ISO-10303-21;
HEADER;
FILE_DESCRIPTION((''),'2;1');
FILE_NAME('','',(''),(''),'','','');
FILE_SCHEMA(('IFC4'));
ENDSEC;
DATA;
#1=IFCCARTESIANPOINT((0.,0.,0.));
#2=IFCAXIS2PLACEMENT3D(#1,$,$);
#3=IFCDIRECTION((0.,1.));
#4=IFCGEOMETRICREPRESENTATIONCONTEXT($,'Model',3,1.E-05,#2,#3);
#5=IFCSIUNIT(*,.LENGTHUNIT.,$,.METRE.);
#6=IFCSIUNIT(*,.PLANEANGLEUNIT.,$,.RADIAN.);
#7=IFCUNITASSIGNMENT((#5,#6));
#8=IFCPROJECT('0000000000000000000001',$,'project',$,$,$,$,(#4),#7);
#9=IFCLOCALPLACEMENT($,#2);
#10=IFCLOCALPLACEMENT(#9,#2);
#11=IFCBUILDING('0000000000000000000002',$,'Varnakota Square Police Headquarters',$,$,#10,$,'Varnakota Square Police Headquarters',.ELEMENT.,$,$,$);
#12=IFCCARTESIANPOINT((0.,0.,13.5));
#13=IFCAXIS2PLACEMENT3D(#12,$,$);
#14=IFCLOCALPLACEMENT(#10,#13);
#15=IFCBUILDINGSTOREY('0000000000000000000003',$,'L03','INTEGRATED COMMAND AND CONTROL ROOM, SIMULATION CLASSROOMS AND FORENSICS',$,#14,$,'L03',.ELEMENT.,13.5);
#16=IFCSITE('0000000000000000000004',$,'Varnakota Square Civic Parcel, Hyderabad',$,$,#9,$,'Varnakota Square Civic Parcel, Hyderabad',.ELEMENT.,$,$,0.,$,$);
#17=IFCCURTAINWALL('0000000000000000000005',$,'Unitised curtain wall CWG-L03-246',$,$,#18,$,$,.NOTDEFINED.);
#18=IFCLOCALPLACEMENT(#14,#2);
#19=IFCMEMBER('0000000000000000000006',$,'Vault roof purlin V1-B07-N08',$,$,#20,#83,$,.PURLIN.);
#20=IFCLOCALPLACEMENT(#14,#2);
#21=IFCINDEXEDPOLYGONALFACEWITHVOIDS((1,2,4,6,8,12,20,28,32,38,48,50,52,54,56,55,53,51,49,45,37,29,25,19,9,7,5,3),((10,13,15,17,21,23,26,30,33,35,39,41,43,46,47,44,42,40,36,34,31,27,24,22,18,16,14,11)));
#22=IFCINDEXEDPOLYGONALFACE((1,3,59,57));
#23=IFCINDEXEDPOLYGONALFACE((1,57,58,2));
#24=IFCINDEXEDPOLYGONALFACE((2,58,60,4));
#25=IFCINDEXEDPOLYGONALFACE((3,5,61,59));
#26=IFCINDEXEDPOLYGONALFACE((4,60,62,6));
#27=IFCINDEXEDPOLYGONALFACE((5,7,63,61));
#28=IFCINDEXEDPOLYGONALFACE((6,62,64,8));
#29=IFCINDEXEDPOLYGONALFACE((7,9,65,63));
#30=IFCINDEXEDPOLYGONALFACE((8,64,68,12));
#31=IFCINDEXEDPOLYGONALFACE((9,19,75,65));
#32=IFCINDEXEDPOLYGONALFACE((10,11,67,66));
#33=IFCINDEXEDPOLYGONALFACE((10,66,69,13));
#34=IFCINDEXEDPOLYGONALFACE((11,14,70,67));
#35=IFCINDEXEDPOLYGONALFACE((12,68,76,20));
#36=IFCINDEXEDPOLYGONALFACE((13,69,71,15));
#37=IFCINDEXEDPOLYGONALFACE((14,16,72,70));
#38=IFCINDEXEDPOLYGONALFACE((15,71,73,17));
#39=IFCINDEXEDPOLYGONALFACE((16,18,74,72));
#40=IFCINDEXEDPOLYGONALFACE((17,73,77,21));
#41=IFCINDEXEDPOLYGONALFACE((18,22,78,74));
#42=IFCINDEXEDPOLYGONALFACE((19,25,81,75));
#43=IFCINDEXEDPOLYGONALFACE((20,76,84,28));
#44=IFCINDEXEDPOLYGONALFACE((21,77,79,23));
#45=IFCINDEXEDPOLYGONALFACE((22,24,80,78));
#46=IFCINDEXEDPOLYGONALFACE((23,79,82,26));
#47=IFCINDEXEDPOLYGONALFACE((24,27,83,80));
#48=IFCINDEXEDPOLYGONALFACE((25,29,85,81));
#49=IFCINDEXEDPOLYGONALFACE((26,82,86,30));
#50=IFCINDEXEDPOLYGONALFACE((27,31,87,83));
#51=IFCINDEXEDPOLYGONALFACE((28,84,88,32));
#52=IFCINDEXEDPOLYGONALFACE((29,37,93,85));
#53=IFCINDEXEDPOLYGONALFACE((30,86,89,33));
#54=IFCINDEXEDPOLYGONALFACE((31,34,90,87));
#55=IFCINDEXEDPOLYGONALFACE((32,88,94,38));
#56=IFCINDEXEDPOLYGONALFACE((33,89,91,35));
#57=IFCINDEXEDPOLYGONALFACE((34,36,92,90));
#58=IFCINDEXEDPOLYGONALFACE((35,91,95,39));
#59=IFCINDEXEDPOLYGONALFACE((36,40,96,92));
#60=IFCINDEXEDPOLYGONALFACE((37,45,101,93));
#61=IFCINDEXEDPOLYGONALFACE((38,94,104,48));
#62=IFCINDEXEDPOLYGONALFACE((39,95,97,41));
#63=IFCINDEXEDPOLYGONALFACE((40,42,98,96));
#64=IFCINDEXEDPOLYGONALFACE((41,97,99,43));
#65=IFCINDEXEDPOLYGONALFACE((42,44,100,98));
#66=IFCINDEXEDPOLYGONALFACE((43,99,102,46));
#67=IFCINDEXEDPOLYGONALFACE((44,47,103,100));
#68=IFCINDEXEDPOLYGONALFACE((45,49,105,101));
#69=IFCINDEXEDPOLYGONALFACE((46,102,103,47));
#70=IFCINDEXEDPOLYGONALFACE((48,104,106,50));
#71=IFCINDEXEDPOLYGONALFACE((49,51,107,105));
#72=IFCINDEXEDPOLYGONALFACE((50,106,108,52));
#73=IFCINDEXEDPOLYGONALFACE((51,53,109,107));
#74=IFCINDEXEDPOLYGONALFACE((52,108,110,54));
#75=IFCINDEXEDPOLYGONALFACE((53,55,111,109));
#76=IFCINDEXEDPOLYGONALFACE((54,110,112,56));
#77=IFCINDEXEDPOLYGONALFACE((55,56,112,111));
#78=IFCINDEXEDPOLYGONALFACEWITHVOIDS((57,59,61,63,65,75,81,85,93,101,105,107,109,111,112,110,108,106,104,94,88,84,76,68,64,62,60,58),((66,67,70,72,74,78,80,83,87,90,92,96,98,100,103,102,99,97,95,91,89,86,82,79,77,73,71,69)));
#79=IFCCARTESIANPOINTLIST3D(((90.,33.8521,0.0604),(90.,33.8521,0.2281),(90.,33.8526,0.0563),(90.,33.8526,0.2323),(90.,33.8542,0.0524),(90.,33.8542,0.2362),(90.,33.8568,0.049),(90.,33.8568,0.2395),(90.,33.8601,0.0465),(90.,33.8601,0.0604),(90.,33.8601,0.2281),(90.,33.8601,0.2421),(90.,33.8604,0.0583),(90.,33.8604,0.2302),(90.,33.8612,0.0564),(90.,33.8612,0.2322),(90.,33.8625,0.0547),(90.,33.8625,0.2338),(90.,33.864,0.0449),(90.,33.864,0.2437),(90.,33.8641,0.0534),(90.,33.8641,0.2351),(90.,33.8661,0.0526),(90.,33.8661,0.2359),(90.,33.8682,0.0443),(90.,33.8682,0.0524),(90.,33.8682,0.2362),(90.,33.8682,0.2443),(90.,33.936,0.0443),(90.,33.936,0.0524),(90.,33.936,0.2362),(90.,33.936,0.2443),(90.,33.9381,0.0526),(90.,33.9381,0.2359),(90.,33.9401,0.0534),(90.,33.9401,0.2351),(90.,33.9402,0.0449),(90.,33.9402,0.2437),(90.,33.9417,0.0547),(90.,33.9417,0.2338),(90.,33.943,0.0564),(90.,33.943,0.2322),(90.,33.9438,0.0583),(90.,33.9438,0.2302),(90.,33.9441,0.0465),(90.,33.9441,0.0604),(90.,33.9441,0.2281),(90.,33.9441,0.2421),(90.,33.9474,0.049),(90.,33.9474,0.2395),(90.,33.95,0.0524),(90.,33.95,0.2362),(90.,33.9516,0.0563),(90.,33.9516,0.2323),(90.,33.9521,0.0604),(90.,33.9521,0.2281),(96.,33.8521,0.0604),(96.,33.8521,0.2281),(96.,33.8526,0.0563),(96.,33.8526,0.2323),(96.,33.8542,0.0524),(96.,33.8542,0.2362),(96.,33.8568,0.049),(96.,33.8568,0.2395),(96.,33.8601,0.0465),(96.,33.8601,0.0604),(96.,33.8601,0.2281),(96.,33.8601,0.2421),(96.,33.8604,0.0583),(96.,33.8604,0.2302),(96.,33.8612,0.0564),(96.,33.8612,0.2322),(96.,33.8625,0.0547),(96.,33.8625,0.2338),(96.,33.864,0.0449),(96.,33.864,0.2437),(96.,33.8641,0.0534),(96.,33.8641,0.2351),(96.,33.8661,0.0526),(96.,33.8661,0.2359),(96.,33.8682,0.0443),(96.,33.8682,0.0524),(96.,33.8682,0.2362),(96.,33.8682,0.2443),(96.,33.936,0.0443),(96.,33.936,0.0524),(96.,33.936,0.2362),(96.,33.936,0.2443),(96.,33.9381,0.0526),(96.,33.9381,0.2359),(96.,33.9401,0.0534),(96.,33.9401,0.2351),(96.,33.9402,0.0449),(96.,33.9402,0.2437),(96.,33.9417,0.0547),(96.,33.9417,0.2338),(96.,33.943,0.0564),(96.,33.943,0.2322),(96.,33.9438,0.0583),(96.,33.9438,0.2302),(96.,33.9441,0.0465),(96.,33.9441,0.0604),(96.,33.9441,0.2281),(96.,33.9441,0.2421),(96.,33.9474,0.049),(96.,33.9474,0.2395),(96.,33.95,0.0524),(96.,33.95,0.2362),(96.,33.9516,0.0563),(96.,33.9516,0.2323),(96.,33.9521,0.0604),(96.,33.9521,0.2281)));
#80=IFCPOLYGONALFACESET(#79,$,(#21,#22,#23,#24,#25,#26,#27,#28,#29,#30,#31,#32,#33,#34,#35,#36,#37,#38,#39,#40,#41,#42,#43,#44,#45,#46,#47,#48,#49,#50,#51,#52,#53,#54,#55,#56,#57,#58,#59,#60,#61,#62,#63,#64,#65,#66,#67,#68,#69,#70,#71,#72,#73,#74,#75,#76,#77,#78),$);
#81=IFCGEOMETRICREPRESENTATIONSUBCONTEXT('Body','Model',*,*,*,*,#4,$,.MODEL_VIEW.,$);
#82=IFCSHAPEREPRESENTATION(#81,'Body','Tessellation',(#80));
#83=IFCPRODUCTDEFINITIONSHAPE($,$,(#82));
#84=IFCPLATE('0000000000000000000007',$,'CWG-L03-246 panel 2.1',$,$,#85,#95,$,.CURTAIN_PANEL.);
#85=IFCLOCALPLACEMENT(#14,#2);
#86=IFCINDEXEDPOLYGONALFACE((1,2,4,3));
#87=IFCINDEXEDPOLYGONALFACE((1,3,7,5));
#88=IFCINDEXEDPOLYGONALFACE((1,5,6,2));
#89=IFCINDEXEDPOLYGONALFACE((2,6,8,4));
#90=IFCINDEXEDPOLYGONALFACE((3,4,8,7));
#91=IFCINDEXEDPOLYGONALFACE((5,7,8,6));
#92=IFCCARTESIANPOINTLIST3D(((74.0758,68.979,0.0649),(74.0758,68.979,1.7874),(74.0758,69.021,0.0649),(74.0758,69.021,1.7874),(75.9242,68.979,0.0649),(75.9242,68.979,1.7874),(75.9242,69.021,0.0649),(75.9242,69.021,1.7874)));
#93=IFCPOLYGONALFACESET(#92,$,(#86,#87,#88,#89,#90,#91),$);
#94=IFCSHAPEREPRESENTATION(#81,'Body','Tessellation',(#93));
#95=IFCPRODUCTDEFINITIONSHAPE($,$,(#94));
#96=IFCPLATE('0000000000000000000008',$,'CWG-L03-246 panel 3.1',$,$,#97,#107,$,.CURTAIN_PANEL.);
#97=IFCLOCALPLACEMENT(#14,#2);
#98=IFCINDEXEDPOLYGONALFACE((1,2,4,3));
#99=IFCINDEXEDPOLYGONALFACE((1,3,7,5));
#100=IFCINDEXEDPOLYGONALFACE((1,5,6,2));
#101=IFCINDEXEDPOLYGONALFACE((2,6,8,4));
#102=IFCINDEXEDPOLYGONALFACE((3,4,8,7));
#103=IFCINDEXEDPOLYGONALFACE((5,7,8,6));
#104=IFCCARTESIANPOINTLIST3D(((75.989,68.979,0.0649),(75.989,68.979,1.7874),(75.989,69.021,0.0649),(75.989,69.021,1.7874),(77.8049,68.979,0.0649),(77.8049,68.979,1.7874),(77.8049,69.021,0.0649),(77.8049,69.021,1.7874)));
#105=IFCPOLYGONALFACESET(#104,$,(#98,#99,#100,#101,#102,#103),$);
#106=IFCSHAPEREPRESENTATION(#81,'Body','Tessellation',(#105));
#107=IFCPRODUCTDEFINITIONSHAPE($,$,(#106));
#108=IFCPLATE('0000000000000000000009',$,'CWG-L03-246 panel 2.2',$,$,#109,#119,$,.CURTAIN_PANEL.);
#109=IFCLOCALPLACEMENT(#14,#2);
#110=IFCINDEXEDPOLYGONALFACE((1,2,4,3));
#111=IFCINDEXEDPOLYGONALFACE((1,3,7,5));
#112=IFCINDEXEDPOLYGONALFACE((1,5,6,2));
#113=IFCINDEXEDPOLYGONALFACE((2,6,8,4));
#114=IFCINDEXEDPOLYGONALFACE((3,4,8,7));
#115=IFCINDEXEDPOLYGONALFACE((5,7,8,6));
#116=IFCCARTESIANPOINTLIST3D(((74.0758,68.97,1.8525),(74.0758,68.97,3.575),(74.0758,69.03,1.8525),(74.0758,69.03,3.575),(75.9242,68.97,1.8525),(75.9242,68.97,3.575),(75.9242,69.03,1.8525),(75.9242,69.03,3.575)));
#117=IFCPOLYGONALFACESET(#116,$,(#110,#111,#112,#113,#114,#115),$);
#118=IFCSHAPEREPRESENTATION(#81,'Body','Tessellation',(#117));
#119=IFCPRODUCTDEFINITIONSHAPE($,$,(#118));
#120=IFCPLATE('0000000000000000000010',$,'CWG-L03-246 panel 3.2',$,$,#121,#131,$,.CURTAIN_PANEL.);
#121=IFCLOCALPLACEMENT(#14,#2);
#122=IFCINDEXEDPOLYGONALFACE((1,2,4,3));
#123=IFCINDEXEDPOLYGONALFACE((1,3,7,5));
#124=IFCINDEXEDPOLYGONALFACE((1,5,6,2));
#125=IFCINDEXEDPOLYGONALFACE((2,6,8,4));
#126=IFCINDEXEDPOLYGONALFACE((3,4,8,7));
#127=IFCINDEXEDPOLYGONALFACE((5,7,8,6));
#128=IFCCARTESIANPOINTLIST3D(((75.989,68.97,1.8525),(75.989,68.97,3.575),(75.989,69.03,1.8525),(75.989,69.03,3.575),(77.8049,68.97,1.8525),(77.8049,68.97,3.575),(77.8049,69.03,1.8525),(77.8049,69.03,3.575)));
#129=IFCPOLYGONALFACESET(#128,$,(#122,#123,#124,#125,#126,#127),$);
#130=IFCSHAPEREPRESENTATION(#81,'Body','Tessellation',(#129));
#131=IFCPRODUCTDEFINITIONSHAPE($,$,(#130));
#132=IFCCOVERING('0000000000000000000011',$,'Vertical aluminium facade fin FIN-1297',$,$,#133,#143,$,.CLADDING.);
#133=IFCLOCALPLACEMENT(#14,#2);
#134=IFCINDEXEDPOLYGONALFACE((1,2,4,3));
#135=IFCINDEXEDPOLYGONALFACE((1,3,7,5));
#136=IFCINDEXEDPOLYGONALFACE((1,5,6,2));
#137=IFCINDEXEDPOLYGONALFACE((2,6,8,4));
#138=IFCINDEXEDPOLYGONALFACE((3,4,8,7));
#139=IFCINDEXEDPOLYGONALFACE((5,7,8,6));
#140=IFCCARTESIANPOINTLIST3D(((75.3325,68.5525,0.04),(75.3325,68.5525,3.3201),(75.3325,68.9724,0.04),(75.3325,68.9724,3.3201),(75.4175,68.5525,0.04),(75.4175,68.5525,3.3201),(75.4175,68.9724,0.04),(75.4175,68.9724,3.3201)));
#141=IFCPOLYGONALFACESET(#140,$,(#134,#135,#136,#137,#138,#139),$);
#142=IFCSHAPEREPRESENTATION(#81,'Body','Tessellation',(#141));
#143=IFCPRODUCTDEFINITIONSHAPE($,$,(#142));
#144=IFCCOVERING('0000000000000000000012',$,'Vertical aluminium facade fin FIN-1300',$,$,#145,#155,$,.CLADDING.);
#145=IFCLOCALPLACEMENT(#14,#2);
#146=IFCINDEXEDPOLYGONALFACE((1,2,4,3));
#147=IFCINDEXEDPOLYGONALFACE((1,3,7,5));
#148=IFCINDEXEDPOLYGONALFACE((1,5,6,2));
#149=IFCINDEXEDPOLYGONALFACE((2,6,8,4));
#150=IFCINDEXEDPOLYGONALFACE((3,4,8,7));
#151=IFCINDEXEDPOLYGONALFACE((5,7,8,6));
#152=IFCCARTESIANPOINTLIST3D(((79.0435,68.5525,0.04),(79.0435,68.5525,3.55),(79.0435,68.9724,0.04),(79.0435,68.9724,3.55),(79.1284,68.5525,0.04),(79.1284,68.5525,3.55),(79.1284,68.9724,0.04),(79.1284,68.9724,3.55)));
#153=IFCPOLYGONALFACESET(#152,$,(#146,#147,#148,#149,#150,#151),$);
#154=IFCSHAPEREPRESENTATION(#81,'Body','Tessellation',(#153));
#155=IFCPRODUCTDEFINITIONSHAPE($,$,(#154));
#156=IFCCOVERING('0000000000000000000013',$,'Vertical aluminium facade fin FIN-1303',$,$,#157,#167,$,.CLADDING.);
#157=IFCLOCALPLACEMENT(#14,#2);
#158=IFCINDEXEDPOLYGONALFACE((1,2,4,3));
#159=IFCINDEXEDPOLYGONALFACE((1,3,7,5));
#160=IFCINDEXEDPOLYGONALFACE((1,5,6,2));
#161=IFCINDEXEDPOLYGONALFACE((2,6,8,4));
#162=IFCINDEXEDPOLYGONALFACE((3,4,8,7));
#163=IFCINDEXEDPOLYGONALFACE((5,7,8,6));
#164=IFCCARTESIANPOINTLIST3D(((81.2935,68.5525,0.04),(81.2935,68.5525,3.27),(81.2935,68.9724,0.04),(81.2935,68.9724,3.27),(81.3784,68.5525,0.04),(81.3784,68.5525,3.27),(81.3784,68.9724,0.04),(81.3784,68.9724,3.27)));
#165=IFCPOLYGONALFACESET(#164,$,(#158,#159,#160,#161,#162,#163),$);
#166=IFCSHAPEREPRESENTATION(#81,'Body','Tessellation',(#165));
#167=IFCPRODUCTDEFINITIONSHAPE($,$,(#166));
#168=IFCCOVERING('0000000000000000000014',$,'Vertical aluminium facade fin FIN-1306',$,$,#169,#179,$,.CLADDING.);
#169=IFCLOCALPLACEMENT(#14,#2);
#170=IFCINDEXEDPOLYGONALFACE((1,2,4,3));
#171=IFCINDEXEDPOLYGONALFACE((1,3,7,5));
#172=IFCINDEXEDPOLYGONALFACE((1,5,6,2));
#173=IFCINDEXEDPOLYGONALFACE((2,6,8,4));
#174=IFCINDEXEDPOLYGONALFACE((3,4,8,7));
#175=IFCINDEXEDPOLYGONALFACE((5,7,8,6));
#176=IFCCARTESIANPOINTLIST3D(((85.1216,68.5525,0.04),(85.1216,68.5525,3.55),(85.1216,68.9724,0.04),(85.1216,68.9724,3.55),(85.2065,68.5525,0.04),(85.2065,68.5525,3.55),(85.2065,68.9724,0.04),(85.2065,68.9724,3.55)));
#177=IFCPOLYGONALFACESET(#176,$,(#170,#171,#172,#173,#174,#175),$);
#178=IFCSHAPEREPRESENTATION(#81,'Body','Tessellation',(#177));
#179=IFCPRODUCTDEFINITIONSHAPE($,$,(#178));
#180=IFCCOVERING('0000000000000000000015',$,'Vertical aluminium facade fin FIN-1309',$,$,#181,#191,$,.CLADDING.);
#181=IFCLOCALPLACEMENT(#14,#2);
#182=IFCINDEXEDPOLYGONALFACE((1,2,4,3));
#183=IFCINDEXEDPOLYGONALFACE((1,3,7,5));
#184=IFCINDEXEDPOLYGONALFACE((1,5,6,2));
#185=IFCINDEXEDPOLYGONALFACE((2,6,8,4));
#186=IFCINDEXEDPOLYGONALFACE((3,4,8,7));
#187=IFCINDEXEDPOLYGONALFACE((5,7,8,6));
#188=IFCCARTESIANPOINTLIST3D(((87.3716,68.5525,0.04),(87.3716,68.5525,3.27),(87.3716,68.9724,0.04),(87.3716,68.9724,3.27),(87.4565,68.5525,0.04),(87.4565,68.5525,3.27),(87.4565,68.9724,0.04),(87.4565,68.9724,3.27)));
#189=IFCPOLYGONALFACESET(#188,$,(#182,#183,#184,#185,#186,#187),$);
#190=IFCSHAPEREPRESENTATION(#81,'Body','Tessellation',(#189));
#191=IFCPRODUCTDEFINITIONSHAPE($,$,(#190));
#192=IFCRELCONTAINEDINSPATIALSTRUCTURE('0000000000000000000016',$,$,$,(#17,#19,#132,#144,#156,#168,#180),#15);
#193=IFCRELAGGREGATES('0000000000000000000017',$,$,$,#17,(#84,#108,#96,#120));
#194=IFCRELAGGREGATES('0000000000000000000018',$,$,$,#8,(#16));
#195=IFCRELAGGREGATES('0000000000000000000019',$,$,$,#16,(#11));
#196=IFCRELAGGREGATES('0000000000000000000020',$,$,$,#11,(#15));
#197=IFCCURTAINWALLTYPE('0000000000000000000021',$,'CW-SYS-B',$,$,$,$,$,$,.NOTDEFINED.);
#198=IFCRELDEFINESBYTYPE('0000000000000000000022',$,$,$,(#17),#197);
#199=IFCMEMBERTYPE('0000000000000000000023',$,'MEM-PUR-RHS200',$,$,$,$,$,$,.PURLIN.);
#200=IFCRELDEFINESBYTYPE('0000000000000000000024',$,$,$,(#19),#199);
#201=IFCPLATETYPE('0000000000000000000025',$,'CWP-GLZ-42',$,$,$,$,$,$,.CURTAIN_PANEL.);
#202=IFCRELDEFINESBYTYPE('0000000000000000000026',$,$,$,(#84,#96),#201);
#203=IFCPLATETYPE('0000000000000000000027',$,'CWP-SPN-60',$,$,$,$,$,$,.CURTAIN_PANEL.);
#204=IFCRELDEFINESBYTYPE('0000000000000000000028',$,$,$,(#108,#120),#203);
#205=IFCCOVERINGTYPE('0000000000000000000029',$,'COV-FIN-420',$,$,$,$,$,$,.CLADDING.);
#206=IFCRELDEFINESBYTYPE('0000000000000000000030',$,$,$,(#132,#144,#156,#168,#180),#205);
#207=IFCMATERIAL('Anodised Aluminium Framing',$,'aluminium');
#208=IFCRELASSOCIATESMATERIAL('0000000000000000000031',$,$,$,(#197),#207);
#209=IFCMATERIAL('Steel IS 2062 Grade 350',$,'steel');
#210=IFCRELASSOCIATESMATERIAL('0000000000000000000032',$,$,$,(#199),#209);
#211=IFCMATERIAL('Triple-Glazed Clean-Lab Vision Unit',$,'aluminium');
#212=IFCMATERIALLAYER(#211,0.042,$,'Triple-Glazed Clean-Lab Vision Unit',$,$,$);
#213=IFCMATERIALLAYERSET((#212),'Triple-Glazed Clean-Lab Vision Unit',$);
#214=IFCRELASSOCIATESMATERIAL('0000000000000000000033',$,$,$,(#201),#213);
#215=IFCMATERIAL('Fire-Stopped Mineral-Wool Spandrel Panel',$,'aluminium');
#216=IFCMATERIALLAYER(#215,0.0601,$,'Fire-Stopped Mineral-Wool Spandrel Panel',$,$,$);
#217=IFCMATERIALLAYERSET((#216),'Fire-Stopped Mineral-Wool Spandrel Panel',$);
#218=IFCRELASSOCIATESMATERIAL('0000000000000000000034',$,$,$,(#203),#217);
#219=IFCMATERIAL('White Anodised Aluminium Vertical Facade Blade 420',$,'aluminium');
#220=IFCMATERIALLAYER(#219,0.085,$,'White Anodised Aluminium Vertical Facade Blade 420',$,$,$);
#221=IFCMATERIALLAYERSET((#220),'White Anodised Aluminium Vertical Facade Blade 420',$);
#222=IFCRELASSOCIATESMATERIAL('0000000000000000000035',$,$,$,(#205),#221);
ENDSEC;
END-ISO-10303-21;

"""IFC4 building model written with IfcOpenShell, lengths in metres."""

from ifc_helpers import new_model, si_unit, direction, frame, origin, origin_2d, place, context, subcontext, project, spatial, rectangle, hollow_rectangle, extrude, material, layer, layer_set, material_profile, profile_set, type_object, element, aggregate, save


model = new_model("IFC4")

# Units and contexts
model_context = context("Model", 3, precision=1e-05, world=origin(), true_north=direction((0.0, 1.0)))
body_context = subcontext(model_context, "Body", "Model", "MODEL_VIEW")
ifc_project = project(units=[si_unit("LENGTHUNIT", "METRE"), si_unit("PLANEANGLEUNIT", "RADIAN")], contexts=[model_context])

# Site, building, storey
site_placement = place(None, origin())
site = spatial("IfcSite", under=ifc_project, at=site_placement, Name="Varnakota Square Civic Parcel, Hyderabad", LongName="Varnakota Square Civic Parcel, Hyderabad", CompositionType="ELEMENT", RefElevation=0.0)
building_placement = place(site_placement, origin())
building = spatial("IfcBuilding", under=site, at=building_placement, Name="Varnakota Square Police Headquarters", LongName="Varnakota Square Police Headquarters", CompositionType="ELEMENT")
storey_placement = place(building_placement, frame((0.0, 0.0, 13.5)))
storey = spatial("IfcBuildingStorey", under=building, at=storey_placement, Name="L03", Description="INTEGRATED COMMAND AND CONTROL ROOM, SIMULATION CLASSROOMS AND FORENSICS", LongName="L03", CompositionType="ELEMENT", Elevation=13.5)

# Curtain wall
ifc_material_1 = material(Name="Anodised Aluminium Framing", Category="aluminium")
curtain_wall_type = type_object("IfcCurtainWallType", Name="CW-SYS-B", PredefinedType="NOTDEFINED", material=ifc_material_1)
curtain_wall_placement = place(storey_placement, origin())
curtain_wall = element("IfcCurtainWall", 1, at=curtain_wall_placement, inside=storey, type_object=curtain_wall_type, Name="Unitised curtain wall CWG-L03-246", PredefinedType="NOTDEFINED")

# Member
ifc_material_2 = material(Name="Steel IS 2062 Grade 350", Category="steel")
ifc_material_profile_1 = material_profile(ifc_material_2, hollow_rectangle(XDim=0.1001, YDim=0.2, WallThickness=0.0081, InnerFilletRadius=0.0081, OuterFilletRadius=0.0161, at=origin_2d()), Name="RHS 200x100x8")
ifc_profile_set_1 = profile_set([ifc_material_profile_1], Name="Steel IS 2062 Grade 350")
member_type_1 = type_object("IfcMemberType", Name="MEM-PUR-RHS200", PredefinedType="PURLIN", material=ifc_profile_set_1)
for number, where, z_axis, x_axis, name in (
    (2, (90.0, 33.9021, 0.1443), (1.0, 0.0, 0.0), (0.0, 1.0, 0.0), "Vault roof purlin V1-B07-N08"),
):
    element("IfcMember", number, at=place(storey_placement, frame(where, z_axis=z_axis, x_axis=x_axis)), inside=storey, type_object=member_type_1, Name=name, PredefinedType="PURLIN", context=body_context, shape_type="SweptSolid", body=[
        extrude(hollow_rectangle(XDim=0.1001, YDim=0.2, WallThickness=0.0081, InnerFilletRadius=0.0081, OuterFilletRadius=0.0161, at=origin_2d()), origin(), (0.0, 0.0, 1.0), 6.0),
    ])

# Plates
ifc_material_3 = material(Name="Triple-Glazed Clean-Lab Vision Unit", Category="aluminium")
ifc_layer_1 = layer(ifc_material_3, 0.042, Name="Triple-Glazed Clean-Lab Vision Unit")
ifc_layer_set_1 = layer_set([ifc_layer_1], Name="Triple-Glazed Clean-Lab Vision Unit")
plate_type_1 = type_object("IfcPlateType", Name="CWP-GLZ-42", PredefinedType="CURTAIN_PANEL", material=ifc_layer_set_1)
plate_1_placement = place(storey_placement, frame((75.0, 69.0, 0.0649), z_axis=(0.0, 0.0, 1.0), x_axis=(1.0, 0.0, 0.0)))
plate_1 = element("IfcPlate", 3, at=plate_1_placement, type_object=plate_type_1, Name="CWG-L03-246 panel 2.1", PredefinedType="CURTAIN_PANEL", context=body_context, shape_type="SweptSolid", body=[
    extrude(rectangle(XDim=1.8484, YDim=0.042, at=origin_2d()), origin(), (0.0, 0.0, 1.0), 1.7224),
])
plate_2_placement = place(storey_placement, frame((76.897, 69.0, 0.0649), z_axis=(0.0, 0.0, 1.0), x_axis=(1.0, 0.0, 0.0)))
plate_2 = element("IfcPlate", 4, at=plate_2_placement, type_object=plate_type_1, Name="CWG-L03-246 panel 3.1", PredefinedType="CURTAIN_PANEL", context=body_context, shape_type="SweptSolid", body=[
    extrude(rectangle(XDim=1.8159, YDim=0.042, at=origin_2d()), origin(), (0.0, 0.0, 1.0), 1.7224),
])
ifc_material_4 = material(Name="Fire-Stopped Mineral-Wool Spandrel Panel", Category="aluminium")
ifc_layer_2 = layer(ifc_material_4, 0.0601, Name="Fire-Stopped Mineral-Wool Spandrel Panel")
ifc_layer_set_2 = layer_set([ifc_layer_2], Name="Fire-Stopped Mineral-Wool Spandrel Panel")
plate_type_2 = type_object("IfcPlateType", Name="CWP-SPN-60", PredefinedType="CURTAIN_PANEL", material=ifc_layer_set_2)
plate_3_placement = place(storey_placement, frame((75.0, 69.0, 1.8525), z_axis=(0.0, 0.0, 1.0), x_axis=(1.0, 0.0, 0.0)))
plate_3 = element("IfcPlate", 5, at=plate_3_placement, type_object=plate_type_2, Name="CWG-L03-246 panel 2.2", PredefinedType="CURTAIN_PANEL", context=body_context, shape_type="SweptSolid", body=[
    extrude(rectangle(XDim=1.8484, YDim=0.0601, at=origin_2d()), origin(), (0.0, 0.0, 1.0), 1.7224),
])
plate_4_placement = place(storey_placement, frame((76.897, 69.0, 1.8525), z_axis=(0.0, 0.0, 1.0), x_axis=(1.0, 0.0, 0.0)))
plate_4 = element("IfcPlate", 6, at=plate_4_placement, type_object=plate_type_2, Name="CWG-L03-246 panel 3.2", PredefinedType="CURTAIN_PANEL", context=body_context, shape_type="SweptSolid", body=[
    extrude(rectangle(XDim=1.8159, YDim=0.0601, at=origin_2d()), origin(), (0.0, 0.0, 1.0), 1.7224),
])
aggregate(curtain_wall, [plate_1, plate_3, plate_2, plate_4])

# Coverings
ifc_material_5 = material(Name="White Anodised Aluminium Vertical Facade Blade 420", Category="aluminium")
ifc_layer_3 = layer(ifc_material_5, 0.085, Name="White Anodised Aluminium Vertical Facade Blade 420")
ifc_layer_set_3 = layer_set([ifc_layer_3], Name="White Anodised Aluminium Vertical Facade Blade 420")
covering_type_1 = type_object("IfcCoveringType", Name="COV-FIN-420", PredefinedType="CLADDING", material=ifc_layer_set_3)
covering_1_placement = place(storey_placement, frame((75.375, 68.7625, 0.04), z_axis=(0.0, 0.0, 1.0), x_axis=(1.0, 0.0, 0.0)))
element("IfcCovering", 7, at=covering_1_placement, inside=storey, type_object=covering_type_1, Name="Vertical aluminium facade fin FIN-1297", PredefinedType="CLADDING", context=body_context, shape_type="SweptSolid", body=[
    extrude(rectangle(XDim=0.085, YDim=0.4199, at=origin_2d()), origin(), (0.0, 0.0, 1.0), 3.28),
])
covering_2_placement = place(storey_placement, frame((79.0859, 68.7625, 0.04), z_axis=(0.0, 0.0, 1.0), x_axis=(1.0, 0.0, 0.0)))
element("IfcCovering", 8, at=covering_2_placement, inside=storey, type_object=covering_type_1, Name="Vertical aluminium facade fin FIN-1300", PredefinedType="CLADDING", context=body_context, shape_type="SweptSolid", body=[
    extrude(rectangle(XDim=0.085, YDim=0.4199, at=origin_2d()), origin(), (0.0, 0.0, 1.0), 3.51),
])
covering_3_placement = place(storey_placement, frame((81.3359, 68.7625, 0.04), z_axis=(0.0, 0.0, 1.0), x_axis=(1.0, 0.0, 0.0)))
element("IfcCovering", 9, at=covering_3_placement, inside=storey, type_object=covering_type_1, Name="Vertical aluminium facade fin FIN-1303", PredefinedType="CLADDING", context=body_context, shape_type="SweptSolid", body=[
    extrude(rectangle(XDim=0.085, YDim=0.4199, at=origin_2d()), origin(), (0.0, 0.0, 1.0), 3.23),
])
covering_4_placement = place(storey_placement, frame((85.1641, 68.7625, 0.04), z_axis=(0.0, 0.0, 1.0), x_axis=(1.0, 0.0, 0.0)))
element("IfcCovering", 10, at=covering_4_placement, inside=storey, type_object=covering_type_1, Name="Vertical aluminium facade fin FIN-1306", PredefinedType="CLADDING", context=body_context, shape_type="SweptSolid", body=[
    extrude(rectangle(XDim=0.085, YDim=0.4199, at=origin_2d()), origin(), (0.0, 0.0, 1.0), 3.51),
])
covering_5_placement = place(storey_placement, frame((87.4141, 68.7625, 0.04), z_axis=(0.0, 0.0, 1.0), x_axis=(1.0, 0.0, 0.0)))
element("IfcCovering", 11, at=covering_5_placement, inside=storey, type_object=covering_type_1, Name="Vertical aluminium facade fin FIN-1309", PredefinedType="CLADDING", context=body_context, shape_type="SweptSolid", body=[
    extrude(rectangle(XDim=0.085, YDim=0.4199, at=origin_2d()), origin(), (0.0, 0.0, 1.0), 3.23),
])

save(model, "model.ifc")
